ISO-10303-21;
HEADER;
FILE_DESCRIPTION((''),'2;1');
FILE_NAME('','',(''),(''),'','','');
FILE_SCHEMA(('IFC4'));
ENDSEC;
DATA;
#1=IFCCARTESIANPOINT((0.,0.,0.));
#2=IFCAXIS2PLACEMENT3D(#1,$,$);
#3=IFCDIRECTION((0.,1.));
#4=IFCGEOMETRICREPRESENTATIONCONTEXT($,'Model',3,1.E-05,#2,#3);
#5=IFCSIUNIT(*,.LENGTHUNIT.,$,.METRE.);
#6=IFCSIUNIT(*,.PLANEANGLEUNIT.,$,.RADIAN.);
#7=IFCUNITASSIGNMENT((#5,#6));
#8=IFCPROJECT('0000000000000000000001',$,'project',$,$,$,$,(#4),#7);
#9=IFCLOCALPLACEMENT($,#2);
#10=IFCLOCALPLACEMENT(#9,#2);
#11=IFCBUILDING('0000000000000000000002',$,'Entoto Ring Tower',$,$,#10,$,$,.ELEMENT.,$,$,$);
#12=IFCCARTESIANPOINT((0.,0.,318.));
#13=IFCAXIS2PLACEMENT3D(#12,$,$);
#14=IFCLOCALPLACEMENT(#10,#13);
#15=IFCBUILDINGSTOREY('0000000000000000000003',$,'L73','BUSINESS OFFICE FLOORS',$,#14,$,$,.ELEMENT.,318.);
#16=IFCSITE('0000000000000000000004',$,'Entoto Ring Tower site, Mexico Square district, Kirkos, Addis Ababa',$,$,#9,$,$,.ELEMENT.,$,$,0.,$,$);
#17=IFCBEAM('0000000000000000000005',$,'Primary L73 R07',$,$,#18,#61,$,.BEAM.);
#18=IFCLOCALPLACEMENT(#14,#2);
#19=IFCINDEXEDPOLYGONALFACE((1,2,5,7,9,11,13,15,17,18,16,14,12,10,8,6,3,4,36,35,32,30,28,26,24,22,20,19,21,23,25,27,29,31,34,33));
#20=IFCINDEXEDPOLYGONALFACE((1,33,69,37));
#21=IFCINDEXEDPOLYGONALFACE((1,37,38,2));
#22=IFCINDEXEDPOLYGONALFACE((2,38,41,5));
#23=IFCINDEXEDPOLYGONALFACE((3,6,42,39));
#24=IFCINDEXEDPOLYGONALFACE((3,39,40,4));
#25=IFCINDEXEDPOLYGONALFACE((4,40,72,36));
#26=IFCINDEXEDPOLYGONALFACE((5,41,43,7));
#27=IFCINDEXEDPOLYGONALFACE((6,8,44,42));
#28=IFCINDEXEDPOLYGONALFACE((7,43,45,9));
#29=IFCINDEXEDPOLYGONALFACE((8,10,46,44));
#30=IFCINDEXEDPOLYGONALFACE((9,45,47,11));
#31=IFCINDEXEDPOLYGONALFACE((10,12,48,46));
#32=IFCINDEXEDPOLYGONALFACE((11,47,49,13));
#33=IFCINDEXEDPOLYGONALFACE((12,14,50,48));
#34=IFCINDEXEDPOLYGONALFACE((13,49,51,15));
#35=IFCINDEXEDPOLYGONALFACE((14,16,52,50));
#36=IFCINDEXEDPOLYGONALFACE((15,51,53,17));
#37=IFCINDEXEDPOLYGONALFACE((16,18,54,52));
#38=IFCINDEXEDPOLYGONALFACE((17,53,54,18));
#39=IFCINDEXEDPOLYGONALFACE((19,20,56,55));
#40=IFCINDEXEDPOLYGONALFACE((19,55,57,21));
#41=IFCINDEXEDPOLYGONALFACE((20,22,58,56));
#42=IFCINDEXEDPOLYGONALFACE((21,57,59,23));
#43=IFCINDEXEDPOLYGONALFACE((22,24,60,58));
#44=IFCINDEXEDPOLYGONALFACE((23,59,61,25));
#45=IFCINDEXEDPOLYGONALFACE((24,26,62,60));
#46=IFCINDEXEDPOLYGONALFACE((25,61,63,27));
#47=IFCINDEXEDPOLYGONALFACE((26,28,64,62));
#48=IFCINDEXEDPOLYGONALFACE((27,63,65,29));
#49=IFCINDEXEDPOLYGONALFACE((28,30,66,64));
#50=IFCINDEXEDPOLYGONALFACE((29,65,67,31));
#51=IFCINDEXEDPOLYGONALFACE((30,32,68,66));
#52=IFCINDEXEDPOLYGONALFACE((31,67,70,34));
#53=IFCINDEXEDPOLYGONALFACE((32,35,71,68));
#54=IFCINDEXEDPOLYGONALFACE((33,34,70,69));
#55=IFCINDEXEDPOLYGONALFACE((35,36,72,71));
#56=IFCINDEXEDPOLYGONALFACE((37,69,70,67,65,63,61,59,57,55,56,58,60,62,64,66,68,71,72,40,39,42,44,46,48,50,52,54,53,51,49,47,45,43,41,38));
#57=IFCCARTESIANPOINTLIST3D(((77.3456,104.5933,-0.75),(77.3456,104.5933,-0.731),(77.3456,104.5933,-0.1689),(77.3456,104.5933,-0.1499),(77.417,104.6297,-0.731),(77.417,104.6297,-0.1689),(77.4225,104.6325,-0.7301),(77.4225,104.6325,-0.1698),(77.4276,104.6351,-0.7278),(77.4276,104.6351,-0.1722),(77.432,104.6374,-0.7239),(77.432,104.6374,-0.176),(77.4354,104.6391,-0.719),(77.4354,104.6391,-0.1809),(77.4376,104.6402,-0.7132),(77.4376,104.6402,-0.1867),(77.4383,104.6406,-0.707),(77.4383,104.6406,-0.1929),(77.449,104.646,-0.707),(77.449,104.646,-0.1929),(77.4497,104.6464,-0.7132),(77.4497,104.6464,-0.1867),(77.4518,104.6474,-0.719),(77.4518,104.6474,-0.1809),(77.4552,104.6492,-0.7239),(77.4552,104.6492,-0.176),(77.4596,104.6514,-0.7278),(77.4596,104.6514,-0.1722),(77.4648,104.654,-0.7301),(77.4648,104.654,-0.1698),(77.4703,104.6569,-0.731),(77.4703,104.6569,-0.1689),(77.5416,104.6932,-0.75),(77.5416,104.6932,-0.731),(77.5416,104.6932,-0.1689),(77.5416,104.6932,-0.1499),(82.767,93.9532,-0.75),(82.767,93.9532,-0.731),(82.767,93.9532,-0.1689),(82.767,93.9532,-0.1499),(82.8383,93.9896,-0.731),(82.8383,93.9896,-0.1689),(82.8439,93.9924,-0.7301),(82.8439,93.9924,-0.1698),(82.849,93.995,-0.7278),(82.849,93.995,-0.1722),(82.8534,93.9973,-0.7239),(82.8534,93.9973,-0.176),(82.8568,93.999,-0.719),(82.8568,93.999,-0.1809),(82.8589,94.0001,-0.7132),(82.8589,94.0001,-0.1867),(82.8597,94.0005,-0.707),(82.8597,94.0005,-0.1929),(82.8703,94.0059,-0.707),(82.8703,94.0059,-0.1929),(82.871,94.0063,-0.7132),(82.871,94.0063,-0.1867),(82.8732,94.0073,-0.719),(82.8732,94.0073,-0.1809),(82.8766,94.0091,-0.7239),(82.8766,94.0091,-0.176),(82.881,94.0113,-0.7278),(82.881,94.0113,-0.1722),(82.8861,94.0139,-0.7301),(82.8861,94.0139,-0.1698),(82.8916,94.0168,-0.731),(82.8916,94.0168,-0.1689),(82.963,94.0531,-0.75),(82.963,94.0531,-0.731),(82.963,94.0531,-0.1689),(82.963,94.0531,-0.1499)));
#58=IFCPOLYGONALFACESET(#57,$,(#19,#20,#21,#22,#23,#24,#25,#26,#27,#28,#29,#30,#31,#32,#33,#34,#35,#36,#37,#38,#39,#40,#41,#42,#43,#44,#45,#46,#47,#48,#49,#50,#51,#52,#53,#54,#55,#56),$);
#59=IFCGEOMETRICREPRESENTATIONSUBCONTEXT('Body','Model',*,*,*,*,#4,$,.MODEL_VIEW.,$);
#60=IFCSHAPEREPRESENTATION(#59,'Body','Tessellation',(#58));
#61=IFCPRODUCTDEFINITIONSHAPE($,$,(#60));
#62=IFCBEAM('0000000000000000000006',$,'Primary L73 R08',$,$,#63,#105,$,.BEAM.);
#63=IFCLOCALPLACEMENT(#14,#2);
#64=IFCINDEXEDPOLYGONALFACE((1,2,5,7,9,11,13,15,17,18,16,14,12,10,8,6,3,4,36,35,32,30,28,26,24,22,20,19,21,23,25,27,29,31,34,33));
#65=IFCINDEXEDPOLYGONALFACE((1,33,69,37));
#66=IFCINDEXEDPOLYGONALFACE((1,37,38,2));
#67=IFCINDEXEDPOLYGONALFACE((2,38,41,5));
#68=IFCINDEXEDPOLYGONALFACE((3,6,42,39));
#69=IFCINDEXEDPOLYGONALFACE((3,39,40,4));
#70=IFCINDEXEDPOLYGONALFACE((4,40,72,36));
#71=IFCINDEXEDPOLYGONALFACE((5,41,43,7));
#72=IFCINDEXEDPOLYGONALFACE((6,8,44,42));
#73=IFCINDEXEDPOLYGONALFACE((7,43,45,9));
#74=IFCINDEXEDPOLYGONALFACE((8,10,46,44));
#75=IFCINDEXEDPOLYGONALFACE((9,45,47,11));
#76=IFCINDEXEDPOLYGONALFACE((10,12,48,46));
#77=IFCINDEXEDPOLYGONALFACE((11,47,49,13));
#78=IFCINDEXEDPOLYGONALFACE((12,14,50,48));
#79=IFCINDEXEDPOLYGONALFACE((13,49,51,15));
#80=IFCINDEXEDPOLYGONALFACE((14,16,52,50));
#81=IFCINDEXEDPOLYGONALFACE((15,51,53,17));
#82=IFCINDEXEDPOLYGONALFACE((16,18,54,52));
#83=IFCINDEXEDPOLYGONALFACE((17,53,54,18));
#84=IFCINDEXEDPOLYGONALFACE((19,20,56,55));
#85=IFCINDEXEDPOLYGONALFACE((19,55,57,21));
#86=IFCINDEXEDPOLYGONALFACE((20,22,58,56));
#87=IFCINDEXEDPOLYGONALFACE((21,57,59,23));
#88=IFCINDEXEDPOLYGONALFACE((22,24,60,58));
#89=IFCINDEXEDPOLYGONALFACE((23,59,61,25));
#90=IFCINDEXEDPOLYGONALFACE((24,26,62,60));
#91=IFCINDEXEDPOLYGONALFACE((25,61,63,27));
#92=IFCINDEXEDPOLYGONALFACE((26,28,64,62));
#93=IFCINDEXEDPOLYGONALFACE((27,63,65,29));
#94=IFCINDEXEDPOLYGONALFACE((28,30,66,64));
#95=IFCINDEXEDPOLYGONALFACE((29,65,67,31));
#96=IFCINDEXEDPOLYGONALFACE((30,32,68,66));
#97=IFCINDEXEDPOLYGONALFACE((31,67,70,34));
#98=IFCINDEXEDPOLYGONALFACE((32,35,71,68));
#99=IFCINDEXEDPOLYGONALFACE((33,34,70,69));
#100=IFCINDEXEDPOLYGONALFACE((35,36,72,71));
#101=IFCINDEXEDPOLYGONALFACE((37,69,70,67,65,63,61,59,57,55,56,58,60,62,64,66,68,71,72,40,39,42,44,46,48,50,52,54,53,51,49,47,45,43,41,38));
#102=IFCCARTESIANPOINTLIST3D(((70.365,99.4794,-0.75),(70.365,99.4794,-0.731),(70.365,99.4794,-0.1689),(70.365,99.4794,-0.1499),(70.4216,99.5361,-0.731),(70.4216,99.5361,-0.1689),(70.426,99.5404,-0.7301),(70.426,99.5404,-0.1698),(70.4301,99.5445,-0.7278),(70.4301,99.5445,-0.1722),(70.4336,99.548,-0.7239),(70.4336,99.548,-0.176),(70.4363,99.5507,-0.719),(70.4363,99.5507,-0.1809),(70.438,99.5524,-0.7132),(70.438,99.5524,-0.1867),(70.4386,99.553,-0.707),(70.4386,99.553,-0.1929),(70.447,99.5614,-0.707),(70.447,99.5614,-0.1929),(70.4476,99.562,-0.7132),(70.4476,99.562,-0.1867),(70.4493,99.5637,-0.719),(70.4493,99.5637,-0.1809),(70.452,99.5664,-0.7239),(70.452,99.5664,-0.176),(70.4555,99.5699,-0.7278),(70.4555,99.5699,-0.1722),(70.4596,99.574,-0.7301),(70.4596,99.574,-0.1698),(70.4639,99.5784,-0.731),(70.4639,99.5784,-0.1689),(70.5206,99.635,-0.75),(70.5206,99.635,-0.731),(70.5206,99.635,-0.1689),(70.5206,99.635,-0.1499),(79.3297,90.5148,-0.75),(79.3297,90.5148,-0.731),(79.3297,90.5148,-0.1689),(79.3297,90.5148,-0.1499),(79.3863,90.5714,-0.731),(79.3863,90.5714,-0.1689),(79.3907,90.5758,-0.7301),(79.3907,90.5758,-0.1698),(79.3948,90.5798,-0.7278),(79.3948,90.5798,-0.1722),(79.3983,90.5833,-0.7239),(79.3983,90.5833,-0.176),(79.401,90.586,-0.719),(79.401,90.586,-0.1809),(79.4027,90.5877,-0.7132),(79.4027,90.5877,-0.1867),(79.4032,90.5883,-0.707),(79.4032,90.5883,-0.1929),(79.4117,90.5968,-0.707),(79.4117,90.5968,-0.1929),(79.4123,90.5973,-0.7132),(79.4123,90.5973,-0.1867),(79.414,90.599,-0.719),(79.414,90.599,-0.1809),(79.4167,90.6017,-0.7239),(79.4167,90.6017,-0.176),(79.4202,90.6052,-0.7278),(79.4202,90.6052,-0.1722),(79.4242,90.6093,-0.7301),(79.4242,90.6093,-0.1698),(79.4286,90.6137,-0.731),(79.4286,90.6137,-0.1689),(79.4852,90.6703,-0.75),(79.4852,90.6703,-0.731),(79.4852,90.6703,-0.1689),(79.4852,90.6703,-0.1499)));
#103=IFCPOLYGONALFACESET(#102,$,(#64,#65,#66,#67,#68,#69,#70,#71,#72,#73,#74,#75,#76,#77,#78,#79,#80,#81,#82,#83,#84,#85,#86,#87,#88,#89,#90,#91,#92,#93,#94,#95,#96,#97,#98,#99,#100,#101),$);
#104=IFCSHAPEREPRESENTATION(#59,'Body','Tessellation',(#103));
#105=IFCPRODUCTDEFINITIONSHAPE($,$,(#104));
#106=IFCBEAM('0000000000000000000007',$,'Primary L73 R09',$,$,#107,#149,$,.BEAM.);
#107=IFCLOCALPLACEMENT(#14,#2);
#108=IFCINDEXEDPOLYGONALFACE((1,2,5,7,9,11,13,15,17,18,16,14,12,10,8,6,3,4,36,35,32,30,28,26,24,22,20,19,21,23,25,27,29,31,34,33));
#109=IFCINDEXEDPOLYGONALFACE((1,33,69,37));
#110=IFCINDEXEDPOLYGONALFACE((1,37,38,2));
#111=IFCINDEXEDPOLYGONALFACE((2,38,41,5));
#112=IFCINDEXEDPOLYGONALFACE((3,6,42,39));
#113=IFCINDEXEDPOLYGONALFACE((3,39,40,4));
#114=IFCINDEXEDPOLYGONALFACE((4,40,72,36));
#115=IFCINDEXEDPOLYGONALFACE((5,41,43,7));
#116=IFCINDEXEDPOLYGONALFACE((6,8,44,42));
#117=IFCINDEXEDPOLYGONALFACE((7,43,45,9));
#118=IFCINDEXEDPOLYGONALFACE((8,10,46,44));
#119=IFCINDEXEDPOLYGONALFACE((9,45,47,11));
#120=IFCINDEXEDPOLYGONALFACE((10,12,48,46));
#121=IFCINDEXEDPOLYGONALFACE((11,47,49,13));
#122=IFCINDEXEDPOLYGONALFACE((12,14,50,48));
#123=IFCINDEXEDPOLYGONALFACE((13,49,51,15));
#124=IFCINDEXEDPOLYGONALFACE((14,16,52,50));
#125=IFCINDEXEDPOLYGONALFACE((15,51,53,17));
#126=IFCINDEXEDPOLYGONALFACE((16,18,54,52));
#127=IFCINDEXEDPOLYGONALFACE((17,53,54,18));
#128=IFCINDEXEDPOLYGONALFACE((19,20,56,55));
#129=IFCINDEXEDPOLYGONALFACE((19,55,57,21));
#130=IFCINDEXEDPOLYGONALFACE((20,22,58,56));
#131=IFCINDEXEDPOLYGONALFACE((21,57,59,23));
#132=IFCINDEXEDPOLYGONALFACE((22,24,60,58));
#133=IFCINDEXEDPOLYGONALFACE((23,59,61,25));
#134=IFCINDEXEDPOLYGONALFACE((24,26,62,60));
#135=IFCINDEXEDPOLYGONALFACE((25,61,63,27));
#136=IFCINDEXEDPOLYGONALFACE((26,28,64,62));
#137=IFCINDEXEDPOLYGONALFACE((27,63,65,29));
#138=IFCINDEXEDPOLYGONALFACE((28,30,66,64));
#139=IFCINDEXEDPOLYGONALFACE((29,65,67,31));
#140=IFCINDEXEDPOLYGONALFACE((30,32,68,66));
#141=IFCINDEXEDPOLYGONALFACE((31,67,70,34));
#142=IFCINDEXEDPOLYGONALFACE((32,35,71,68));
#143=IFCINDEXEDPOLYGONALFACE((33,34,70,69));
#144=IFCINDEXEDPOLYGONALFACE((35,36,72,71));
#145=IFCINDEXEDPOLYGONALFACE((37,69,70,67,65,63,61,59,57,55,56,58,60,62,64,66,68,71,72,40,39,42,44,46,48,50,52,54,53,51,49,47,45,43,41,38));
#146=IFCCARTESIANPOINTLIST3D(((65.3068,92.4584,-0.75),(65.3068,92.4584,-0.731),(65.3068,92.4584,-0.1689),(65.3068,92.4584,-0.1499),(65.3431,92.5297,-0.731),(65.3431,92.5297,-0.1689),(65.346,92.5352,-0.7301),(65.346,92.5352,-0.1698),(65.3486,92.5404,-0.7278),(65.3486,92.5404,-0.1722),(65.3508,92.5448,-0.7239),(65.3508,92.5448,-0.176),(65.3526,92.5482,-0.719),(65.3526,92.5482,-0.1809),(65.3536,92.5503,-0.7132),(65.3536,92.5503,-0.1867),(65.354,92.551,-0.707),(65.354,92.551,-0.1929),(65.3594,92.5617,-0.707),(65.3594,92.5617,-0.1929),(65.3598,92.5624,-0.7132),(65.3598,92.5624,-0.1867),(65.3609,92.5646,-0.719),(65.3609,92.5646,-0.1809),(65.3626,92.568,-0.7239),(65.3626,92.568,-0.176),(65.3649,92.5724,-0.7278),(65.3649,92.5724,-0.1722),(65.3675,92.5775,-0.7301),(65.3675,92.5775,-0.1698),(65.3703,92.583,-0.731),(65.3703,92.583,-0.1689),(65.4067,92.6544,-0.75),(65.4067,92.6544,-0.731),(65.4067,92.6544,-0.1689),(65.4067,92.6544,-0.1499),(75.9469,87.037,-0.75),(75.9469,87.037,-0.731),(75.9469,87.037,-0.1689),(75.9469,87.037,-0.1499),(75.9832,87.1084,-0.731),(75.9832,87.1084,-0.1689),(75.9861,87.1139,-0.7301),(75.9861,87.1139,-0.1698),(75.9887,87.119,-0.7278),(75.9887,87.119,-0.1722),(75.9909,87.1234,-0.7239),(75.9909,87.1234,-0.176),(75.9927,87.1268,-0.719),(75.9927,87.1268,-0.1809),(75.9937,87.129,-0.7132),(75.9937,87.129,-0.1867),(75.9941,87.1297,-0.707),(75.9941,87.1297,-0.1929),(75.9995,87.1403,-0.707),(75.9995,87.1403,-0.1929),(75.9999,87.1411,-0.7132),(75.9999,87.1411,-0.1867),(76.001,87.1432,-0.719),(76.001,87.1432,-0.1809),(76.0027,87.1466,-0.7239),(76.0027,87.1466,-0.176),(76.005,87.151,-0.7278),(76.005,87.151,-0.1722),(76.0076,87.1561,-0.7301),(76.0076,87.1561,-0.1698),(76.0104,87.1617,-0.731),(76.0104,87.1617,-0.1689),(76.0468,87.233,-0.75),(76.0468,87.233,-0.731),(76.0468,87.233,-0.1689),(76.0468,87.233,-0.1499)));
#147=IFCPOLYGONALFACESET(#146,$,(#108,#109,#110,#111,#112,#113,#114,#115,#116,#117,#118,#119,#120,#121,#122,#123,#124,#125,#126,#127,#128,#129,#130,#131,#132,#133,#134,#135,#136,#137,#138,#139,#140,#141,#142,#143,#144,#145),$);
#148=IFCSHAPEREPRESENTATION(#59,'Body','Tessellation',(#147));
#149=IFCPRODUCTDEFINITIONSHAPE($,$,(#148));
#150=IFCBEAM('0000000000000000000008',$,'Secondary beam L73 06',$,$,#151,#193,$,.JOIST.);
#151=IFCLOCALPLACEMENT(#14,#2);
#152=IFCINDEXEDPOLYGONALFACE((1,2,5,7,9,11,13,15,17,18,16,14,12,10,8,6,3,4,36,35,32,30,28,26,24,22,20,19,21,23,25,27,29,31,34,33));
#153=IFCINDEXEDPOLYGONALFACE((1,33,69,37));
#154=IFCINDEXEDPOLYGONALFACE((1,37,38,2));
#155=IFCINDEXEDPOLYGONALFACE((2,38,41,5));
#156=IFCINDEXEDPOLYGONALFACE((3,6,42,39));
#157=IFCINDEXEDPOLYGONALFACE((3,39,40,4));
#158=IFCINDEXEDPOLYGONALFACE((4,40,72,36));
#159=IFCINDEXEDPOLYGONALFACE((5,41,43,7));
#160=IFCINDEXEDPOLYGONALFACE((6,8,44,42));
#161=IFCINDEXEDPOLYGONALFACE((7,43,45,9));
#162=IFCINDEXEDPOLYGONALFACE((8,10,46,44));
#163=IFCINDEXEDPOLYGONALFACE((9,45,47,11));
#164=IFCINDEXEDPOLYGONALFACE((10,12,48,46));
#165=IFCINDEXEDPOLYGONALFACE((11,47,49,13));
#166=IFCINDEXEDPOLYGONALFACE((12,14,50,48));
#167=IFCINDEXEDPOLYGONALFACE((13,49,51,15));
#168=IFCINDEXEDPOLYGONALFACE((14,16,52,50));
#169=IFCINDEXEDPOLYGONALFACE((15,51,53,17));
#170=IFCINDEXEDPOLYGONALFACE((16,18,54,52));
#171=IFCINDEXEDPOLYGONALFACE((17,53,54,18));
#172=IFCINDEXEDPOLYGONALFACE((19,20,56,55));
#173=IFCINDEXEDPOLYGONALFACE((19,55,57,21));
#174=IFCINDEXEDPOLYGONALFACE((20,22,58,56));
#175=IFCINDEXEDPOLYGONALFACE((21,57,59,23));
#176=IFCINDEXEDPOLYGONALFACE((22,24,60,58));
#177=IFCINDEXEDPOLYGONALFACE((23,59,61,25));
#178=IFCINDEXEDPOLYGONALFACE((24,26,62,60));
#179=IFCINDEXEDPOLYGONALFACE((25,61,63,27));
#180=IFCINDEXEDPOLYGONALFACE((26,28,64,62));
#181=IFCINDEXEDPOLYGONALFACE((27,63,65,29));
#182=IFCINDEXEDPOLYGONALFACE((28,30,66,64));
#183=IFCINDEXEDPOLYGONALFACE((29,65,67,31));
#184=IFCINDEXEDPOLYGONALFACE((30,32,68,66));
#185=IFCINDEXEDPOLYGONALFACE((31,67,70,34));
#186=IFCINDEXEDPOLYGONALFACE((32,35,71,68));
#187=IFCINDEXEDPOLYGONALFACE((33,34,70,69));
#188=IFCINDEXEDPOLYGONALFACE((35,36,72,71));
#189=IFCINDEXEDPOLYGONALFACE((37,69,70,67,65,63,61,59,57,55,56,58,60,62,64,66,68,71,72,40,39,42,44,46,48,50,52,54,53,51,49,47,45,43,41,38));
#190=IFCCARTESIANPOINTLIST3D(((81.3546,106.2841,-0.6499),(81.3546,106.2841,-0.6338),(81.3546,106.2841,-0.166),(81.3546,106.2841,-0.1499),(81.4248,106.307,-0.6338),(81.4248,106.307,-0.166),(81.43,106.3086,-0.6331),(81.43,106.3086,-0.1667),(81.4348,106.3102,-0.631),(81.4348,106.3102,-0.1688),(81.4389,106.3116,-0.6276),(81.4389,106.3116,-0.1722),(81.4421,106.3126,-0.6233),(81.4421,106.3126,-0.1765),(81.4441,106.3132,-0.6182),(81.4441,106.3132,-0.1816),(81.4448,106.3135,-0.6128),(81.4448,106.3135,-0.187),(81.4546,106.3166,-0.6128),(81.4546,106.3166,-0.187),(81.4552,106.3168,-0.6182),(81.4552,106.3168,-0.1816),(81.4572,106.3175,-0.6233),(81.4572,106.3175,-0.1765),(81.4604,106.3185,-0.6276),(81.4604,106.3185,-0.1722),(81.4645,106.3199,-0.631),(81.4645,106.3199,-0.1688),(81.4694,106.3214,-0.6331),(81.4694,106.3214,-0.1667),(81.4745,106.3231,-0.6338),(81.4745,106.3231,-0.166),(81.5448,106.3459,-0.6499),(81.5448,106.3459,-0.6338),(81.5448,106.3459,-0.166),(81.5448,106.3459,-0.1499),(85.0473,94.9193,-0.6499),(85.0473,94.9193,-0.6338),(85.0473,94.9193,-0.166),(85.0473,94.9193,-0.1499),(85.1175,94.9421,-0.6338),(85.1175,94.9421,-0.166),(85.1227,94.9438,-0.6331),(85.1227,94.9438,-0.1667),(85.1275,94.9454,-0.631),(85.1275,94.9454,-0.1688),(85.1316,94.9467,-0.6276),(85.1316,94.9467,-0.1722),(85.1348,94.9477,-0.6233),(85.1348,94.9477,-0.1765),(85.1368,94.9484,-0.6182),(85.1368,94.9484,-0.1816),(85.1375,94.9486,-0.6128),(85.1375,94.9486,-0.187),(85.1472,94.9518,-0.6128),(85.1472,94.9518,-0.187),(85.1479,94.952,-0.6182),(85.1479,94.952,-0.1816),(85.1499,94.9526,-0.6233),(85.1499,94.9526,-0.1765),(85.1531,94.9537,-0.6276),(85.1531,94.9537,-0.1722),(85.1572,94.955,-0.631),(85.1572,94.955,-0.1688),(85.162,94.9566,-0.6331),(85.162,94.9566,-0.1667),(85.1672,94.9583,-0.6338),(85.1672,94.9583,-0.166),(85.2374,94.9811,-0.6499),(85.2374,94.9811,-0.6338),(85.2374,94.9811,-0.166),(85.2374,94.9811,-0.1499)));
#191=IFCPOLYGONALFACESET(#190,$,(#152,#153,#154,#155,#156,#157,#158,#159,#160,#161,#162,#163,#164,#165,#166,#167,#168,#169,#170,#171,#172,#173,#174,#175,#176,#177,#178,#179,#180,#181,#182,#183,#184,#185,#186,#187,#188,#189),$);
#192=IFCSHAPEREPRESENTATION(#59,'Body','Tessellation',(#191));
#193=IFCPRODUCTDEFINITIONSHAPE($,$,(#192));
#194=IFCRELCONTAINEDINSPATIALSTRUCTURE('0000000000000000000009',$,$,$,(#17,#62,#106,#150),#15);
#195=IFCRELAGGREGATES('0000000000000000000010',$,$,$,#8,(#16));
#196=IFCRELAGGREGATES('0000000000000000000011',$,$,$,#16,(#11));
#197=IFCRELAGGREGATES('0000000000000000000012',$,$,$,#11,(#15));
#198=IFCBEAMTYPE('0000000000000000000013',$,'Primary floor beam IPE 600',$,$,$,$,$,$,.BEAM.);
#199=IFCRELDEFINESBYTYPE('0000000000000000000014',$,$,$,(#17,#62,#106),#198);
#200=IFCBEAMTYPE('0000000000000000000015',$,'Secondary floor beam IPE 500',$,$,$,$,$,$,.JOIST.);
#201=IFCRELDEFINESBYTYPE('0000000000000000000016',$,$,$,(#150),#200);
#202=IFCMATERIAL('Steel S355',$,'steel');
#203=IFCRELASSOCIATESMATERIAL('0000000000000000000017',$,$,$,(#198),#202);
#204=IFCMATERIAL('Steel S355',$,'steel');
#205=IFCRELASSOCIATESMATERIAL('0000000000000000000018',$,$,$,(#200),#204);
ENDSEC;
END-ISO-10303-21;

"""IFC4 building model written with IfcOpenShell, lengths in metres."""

from ifc_helpers import new_model, si_unit, direction, frame, origin, origin_2d, place, context, subcontext, project, spatial, i_section, extrude, material, material_profile, profile_set, type_object, element, save


model = new_model("IFC4")

# Units and contexts
model_context = context("Model", 3, precision=1e-05, world=origin(), true_north=direction((0.0, 1.0)))
body_context = subcontext(model_context, "Body", "Model", "MODEL_VIEW")
ifc_project = project(units=[si_unit("LENGTHUNIT", "METRE"), si_unit("PLANEANGLEUNIT", "RADIAN")], contexts=[model_context])

# Site, building, storey
site_placement = place(None, origin())
site = spatial("IfcSite", under=ifc_project, at=site_placement, Name="Entoto Ring Tower site, Mexico Square district, Kirkos, Addis Ababa", CompositionType="ELEMENT", RefElevation=0.0)
building_placement = place(site_placement, origin())
building = spatial("IfcBuilding", under=site, at=building_placement, Name="Entoto Ring Tower", CompositionType="ELEMENT")
storey_placement = place(building_placement, frame((0.0, 0.0, 318.0)))
storey = spatial("IfcBuildingStorey", under=building, at=storey_placement, Name="L73", Description="BUSINESS OFFICE FLOORS", CompositionType="ELEMENT", Elevation=318.0)

# Beams
ifc_material_1 = material(Name="Steel S355", Category="steel")
ifc_material_profile_1 = material_profile(ifc_material_1, i_section(OverallWidth=0.22, OverallDepth=0.6001, WebThickness=0.012, FlangeThickness=0.019, FilletRadius=0.0239, at=origin_2d()), Name="IPE 600")
ifc_profile_set_1 = profile_set([ifc_material_profile_1], Name="Steel S355")
beam_type_1 = type_object("IfcBeamType", Name="Primary floor beam IPE 600", PredefinedType="BEAM", material=ifc_profile_set_1)
beam_1_placement = place(storey_placement, frame((82.865, 94.0032, -0.45), z_axis=(-0.453988, 0.891008, 0.0), x_axis=(-0.891008, -0.453988, 0.0)))
element("IfcBeam", 1, at=beam_1_placement, inside=storey, type_object=beam_type_1, Name="Primary L73 R07", PredefinedType="BEAM", context=body_context, shape_type="SweptSolid", body=[
    extrude(i_section(OverallWidth=0.22, OverallDepth=0.6001, WebThickness=0.012, FlangeThickness=0.019, FilletRadius=0.0239, at=origin_2d()), origin(), (0.0, 0.0, 1.0), 11.9417),
])
beam_2_placement = place(storey_placement, frame((79.4075, 90.5925, -0.45), z_axis=(-0.707107, 0.707107, 0.0), x_axis=(-0.707107, -0.707107, 0.0)))
element("IfcBeam", 2, at=beam_2_placement, inside=storey, type_object=beam_type_1, Name="Primary L73 R08", PredefinedType="BEAM", context=body_context, shape_type="SweptSolid", body=[
    extrude(i_section(OverallWidth=0.22, OverallDepth=0.6001, WebThickness=0.012, FlangeThickness=0.019, FilletRadius=0.0239, at=origin_2d()), origin(), (0.0, 0.0, 1.0), 12.678),
])
beam_3_placement = place(storey_placement, frame((75.9968, 87.135, -0.45), z_axis=(-0.891008, 0.453988, 0.0), x_axis=(-0.453988, -0.891008, 0.0)))
element("IfcBeam", 3, at=beam_3_placement, inside=storey, type_object=beam_type_1, Name="Primary L73 R09", PredefinedType="BEAM", context=body_context, shape_type="SweptSolid", body=[
    extrude(i_section(OverallWidth=0.22, OverallDepth=0.6001, WebThickness=0.012, FlangeThickness=0.019, FilletRadius=0.0239, at=origin_2d()), origin(), (0.0, 0.0, 1.0), 11.9417),
])
ifc_material_2 = material(Name="Steel S355", Category="steel")
ifc_material_profile_2 = material_profile(ifc_material_2, i_section(OverallWidth=0.2, OverallDepth=0.5, WebThickness=0.0103, FlangeThickness=0.0161, FilletRadius=0.021, at=origin_2d()), Name="IPE 500")
ifc_profile_set_2 = profile_set([ifc_material_profile_2], Name="Steel S355")
beam_type_2 = type_object("IfcBeamType", Name="Secondary floor beam IPE 500", PredefinedType="JOIST", material=ifc_profile_set_2)
beam_4_placement = place(storey_placement, frame((85.1423, 94.9502, -0.3999), z_axis=(-0.309017, 0.951057, 0.0), x_axis=(-0.951057, -0.309017, 0.0)))
element("IfcBeam", 4, at=beam_4_placement, inside=storey, type_object=beam_type_2, Name="Secondary beam L73 06", PredefinedType="JOIST", context=body_context, shape_type="SweptSolid", body=[
    extrude(i_section(OverallWidth=0.2, OverallDepth=0.5, WebThickness=0.0103, FlangeThickness=0.0161, FilletRadius=0.021, at=origin_2d()), origin(), (0.0, 0.0, 1.0), 11.9497),
])

save(model, "model.ifc")
